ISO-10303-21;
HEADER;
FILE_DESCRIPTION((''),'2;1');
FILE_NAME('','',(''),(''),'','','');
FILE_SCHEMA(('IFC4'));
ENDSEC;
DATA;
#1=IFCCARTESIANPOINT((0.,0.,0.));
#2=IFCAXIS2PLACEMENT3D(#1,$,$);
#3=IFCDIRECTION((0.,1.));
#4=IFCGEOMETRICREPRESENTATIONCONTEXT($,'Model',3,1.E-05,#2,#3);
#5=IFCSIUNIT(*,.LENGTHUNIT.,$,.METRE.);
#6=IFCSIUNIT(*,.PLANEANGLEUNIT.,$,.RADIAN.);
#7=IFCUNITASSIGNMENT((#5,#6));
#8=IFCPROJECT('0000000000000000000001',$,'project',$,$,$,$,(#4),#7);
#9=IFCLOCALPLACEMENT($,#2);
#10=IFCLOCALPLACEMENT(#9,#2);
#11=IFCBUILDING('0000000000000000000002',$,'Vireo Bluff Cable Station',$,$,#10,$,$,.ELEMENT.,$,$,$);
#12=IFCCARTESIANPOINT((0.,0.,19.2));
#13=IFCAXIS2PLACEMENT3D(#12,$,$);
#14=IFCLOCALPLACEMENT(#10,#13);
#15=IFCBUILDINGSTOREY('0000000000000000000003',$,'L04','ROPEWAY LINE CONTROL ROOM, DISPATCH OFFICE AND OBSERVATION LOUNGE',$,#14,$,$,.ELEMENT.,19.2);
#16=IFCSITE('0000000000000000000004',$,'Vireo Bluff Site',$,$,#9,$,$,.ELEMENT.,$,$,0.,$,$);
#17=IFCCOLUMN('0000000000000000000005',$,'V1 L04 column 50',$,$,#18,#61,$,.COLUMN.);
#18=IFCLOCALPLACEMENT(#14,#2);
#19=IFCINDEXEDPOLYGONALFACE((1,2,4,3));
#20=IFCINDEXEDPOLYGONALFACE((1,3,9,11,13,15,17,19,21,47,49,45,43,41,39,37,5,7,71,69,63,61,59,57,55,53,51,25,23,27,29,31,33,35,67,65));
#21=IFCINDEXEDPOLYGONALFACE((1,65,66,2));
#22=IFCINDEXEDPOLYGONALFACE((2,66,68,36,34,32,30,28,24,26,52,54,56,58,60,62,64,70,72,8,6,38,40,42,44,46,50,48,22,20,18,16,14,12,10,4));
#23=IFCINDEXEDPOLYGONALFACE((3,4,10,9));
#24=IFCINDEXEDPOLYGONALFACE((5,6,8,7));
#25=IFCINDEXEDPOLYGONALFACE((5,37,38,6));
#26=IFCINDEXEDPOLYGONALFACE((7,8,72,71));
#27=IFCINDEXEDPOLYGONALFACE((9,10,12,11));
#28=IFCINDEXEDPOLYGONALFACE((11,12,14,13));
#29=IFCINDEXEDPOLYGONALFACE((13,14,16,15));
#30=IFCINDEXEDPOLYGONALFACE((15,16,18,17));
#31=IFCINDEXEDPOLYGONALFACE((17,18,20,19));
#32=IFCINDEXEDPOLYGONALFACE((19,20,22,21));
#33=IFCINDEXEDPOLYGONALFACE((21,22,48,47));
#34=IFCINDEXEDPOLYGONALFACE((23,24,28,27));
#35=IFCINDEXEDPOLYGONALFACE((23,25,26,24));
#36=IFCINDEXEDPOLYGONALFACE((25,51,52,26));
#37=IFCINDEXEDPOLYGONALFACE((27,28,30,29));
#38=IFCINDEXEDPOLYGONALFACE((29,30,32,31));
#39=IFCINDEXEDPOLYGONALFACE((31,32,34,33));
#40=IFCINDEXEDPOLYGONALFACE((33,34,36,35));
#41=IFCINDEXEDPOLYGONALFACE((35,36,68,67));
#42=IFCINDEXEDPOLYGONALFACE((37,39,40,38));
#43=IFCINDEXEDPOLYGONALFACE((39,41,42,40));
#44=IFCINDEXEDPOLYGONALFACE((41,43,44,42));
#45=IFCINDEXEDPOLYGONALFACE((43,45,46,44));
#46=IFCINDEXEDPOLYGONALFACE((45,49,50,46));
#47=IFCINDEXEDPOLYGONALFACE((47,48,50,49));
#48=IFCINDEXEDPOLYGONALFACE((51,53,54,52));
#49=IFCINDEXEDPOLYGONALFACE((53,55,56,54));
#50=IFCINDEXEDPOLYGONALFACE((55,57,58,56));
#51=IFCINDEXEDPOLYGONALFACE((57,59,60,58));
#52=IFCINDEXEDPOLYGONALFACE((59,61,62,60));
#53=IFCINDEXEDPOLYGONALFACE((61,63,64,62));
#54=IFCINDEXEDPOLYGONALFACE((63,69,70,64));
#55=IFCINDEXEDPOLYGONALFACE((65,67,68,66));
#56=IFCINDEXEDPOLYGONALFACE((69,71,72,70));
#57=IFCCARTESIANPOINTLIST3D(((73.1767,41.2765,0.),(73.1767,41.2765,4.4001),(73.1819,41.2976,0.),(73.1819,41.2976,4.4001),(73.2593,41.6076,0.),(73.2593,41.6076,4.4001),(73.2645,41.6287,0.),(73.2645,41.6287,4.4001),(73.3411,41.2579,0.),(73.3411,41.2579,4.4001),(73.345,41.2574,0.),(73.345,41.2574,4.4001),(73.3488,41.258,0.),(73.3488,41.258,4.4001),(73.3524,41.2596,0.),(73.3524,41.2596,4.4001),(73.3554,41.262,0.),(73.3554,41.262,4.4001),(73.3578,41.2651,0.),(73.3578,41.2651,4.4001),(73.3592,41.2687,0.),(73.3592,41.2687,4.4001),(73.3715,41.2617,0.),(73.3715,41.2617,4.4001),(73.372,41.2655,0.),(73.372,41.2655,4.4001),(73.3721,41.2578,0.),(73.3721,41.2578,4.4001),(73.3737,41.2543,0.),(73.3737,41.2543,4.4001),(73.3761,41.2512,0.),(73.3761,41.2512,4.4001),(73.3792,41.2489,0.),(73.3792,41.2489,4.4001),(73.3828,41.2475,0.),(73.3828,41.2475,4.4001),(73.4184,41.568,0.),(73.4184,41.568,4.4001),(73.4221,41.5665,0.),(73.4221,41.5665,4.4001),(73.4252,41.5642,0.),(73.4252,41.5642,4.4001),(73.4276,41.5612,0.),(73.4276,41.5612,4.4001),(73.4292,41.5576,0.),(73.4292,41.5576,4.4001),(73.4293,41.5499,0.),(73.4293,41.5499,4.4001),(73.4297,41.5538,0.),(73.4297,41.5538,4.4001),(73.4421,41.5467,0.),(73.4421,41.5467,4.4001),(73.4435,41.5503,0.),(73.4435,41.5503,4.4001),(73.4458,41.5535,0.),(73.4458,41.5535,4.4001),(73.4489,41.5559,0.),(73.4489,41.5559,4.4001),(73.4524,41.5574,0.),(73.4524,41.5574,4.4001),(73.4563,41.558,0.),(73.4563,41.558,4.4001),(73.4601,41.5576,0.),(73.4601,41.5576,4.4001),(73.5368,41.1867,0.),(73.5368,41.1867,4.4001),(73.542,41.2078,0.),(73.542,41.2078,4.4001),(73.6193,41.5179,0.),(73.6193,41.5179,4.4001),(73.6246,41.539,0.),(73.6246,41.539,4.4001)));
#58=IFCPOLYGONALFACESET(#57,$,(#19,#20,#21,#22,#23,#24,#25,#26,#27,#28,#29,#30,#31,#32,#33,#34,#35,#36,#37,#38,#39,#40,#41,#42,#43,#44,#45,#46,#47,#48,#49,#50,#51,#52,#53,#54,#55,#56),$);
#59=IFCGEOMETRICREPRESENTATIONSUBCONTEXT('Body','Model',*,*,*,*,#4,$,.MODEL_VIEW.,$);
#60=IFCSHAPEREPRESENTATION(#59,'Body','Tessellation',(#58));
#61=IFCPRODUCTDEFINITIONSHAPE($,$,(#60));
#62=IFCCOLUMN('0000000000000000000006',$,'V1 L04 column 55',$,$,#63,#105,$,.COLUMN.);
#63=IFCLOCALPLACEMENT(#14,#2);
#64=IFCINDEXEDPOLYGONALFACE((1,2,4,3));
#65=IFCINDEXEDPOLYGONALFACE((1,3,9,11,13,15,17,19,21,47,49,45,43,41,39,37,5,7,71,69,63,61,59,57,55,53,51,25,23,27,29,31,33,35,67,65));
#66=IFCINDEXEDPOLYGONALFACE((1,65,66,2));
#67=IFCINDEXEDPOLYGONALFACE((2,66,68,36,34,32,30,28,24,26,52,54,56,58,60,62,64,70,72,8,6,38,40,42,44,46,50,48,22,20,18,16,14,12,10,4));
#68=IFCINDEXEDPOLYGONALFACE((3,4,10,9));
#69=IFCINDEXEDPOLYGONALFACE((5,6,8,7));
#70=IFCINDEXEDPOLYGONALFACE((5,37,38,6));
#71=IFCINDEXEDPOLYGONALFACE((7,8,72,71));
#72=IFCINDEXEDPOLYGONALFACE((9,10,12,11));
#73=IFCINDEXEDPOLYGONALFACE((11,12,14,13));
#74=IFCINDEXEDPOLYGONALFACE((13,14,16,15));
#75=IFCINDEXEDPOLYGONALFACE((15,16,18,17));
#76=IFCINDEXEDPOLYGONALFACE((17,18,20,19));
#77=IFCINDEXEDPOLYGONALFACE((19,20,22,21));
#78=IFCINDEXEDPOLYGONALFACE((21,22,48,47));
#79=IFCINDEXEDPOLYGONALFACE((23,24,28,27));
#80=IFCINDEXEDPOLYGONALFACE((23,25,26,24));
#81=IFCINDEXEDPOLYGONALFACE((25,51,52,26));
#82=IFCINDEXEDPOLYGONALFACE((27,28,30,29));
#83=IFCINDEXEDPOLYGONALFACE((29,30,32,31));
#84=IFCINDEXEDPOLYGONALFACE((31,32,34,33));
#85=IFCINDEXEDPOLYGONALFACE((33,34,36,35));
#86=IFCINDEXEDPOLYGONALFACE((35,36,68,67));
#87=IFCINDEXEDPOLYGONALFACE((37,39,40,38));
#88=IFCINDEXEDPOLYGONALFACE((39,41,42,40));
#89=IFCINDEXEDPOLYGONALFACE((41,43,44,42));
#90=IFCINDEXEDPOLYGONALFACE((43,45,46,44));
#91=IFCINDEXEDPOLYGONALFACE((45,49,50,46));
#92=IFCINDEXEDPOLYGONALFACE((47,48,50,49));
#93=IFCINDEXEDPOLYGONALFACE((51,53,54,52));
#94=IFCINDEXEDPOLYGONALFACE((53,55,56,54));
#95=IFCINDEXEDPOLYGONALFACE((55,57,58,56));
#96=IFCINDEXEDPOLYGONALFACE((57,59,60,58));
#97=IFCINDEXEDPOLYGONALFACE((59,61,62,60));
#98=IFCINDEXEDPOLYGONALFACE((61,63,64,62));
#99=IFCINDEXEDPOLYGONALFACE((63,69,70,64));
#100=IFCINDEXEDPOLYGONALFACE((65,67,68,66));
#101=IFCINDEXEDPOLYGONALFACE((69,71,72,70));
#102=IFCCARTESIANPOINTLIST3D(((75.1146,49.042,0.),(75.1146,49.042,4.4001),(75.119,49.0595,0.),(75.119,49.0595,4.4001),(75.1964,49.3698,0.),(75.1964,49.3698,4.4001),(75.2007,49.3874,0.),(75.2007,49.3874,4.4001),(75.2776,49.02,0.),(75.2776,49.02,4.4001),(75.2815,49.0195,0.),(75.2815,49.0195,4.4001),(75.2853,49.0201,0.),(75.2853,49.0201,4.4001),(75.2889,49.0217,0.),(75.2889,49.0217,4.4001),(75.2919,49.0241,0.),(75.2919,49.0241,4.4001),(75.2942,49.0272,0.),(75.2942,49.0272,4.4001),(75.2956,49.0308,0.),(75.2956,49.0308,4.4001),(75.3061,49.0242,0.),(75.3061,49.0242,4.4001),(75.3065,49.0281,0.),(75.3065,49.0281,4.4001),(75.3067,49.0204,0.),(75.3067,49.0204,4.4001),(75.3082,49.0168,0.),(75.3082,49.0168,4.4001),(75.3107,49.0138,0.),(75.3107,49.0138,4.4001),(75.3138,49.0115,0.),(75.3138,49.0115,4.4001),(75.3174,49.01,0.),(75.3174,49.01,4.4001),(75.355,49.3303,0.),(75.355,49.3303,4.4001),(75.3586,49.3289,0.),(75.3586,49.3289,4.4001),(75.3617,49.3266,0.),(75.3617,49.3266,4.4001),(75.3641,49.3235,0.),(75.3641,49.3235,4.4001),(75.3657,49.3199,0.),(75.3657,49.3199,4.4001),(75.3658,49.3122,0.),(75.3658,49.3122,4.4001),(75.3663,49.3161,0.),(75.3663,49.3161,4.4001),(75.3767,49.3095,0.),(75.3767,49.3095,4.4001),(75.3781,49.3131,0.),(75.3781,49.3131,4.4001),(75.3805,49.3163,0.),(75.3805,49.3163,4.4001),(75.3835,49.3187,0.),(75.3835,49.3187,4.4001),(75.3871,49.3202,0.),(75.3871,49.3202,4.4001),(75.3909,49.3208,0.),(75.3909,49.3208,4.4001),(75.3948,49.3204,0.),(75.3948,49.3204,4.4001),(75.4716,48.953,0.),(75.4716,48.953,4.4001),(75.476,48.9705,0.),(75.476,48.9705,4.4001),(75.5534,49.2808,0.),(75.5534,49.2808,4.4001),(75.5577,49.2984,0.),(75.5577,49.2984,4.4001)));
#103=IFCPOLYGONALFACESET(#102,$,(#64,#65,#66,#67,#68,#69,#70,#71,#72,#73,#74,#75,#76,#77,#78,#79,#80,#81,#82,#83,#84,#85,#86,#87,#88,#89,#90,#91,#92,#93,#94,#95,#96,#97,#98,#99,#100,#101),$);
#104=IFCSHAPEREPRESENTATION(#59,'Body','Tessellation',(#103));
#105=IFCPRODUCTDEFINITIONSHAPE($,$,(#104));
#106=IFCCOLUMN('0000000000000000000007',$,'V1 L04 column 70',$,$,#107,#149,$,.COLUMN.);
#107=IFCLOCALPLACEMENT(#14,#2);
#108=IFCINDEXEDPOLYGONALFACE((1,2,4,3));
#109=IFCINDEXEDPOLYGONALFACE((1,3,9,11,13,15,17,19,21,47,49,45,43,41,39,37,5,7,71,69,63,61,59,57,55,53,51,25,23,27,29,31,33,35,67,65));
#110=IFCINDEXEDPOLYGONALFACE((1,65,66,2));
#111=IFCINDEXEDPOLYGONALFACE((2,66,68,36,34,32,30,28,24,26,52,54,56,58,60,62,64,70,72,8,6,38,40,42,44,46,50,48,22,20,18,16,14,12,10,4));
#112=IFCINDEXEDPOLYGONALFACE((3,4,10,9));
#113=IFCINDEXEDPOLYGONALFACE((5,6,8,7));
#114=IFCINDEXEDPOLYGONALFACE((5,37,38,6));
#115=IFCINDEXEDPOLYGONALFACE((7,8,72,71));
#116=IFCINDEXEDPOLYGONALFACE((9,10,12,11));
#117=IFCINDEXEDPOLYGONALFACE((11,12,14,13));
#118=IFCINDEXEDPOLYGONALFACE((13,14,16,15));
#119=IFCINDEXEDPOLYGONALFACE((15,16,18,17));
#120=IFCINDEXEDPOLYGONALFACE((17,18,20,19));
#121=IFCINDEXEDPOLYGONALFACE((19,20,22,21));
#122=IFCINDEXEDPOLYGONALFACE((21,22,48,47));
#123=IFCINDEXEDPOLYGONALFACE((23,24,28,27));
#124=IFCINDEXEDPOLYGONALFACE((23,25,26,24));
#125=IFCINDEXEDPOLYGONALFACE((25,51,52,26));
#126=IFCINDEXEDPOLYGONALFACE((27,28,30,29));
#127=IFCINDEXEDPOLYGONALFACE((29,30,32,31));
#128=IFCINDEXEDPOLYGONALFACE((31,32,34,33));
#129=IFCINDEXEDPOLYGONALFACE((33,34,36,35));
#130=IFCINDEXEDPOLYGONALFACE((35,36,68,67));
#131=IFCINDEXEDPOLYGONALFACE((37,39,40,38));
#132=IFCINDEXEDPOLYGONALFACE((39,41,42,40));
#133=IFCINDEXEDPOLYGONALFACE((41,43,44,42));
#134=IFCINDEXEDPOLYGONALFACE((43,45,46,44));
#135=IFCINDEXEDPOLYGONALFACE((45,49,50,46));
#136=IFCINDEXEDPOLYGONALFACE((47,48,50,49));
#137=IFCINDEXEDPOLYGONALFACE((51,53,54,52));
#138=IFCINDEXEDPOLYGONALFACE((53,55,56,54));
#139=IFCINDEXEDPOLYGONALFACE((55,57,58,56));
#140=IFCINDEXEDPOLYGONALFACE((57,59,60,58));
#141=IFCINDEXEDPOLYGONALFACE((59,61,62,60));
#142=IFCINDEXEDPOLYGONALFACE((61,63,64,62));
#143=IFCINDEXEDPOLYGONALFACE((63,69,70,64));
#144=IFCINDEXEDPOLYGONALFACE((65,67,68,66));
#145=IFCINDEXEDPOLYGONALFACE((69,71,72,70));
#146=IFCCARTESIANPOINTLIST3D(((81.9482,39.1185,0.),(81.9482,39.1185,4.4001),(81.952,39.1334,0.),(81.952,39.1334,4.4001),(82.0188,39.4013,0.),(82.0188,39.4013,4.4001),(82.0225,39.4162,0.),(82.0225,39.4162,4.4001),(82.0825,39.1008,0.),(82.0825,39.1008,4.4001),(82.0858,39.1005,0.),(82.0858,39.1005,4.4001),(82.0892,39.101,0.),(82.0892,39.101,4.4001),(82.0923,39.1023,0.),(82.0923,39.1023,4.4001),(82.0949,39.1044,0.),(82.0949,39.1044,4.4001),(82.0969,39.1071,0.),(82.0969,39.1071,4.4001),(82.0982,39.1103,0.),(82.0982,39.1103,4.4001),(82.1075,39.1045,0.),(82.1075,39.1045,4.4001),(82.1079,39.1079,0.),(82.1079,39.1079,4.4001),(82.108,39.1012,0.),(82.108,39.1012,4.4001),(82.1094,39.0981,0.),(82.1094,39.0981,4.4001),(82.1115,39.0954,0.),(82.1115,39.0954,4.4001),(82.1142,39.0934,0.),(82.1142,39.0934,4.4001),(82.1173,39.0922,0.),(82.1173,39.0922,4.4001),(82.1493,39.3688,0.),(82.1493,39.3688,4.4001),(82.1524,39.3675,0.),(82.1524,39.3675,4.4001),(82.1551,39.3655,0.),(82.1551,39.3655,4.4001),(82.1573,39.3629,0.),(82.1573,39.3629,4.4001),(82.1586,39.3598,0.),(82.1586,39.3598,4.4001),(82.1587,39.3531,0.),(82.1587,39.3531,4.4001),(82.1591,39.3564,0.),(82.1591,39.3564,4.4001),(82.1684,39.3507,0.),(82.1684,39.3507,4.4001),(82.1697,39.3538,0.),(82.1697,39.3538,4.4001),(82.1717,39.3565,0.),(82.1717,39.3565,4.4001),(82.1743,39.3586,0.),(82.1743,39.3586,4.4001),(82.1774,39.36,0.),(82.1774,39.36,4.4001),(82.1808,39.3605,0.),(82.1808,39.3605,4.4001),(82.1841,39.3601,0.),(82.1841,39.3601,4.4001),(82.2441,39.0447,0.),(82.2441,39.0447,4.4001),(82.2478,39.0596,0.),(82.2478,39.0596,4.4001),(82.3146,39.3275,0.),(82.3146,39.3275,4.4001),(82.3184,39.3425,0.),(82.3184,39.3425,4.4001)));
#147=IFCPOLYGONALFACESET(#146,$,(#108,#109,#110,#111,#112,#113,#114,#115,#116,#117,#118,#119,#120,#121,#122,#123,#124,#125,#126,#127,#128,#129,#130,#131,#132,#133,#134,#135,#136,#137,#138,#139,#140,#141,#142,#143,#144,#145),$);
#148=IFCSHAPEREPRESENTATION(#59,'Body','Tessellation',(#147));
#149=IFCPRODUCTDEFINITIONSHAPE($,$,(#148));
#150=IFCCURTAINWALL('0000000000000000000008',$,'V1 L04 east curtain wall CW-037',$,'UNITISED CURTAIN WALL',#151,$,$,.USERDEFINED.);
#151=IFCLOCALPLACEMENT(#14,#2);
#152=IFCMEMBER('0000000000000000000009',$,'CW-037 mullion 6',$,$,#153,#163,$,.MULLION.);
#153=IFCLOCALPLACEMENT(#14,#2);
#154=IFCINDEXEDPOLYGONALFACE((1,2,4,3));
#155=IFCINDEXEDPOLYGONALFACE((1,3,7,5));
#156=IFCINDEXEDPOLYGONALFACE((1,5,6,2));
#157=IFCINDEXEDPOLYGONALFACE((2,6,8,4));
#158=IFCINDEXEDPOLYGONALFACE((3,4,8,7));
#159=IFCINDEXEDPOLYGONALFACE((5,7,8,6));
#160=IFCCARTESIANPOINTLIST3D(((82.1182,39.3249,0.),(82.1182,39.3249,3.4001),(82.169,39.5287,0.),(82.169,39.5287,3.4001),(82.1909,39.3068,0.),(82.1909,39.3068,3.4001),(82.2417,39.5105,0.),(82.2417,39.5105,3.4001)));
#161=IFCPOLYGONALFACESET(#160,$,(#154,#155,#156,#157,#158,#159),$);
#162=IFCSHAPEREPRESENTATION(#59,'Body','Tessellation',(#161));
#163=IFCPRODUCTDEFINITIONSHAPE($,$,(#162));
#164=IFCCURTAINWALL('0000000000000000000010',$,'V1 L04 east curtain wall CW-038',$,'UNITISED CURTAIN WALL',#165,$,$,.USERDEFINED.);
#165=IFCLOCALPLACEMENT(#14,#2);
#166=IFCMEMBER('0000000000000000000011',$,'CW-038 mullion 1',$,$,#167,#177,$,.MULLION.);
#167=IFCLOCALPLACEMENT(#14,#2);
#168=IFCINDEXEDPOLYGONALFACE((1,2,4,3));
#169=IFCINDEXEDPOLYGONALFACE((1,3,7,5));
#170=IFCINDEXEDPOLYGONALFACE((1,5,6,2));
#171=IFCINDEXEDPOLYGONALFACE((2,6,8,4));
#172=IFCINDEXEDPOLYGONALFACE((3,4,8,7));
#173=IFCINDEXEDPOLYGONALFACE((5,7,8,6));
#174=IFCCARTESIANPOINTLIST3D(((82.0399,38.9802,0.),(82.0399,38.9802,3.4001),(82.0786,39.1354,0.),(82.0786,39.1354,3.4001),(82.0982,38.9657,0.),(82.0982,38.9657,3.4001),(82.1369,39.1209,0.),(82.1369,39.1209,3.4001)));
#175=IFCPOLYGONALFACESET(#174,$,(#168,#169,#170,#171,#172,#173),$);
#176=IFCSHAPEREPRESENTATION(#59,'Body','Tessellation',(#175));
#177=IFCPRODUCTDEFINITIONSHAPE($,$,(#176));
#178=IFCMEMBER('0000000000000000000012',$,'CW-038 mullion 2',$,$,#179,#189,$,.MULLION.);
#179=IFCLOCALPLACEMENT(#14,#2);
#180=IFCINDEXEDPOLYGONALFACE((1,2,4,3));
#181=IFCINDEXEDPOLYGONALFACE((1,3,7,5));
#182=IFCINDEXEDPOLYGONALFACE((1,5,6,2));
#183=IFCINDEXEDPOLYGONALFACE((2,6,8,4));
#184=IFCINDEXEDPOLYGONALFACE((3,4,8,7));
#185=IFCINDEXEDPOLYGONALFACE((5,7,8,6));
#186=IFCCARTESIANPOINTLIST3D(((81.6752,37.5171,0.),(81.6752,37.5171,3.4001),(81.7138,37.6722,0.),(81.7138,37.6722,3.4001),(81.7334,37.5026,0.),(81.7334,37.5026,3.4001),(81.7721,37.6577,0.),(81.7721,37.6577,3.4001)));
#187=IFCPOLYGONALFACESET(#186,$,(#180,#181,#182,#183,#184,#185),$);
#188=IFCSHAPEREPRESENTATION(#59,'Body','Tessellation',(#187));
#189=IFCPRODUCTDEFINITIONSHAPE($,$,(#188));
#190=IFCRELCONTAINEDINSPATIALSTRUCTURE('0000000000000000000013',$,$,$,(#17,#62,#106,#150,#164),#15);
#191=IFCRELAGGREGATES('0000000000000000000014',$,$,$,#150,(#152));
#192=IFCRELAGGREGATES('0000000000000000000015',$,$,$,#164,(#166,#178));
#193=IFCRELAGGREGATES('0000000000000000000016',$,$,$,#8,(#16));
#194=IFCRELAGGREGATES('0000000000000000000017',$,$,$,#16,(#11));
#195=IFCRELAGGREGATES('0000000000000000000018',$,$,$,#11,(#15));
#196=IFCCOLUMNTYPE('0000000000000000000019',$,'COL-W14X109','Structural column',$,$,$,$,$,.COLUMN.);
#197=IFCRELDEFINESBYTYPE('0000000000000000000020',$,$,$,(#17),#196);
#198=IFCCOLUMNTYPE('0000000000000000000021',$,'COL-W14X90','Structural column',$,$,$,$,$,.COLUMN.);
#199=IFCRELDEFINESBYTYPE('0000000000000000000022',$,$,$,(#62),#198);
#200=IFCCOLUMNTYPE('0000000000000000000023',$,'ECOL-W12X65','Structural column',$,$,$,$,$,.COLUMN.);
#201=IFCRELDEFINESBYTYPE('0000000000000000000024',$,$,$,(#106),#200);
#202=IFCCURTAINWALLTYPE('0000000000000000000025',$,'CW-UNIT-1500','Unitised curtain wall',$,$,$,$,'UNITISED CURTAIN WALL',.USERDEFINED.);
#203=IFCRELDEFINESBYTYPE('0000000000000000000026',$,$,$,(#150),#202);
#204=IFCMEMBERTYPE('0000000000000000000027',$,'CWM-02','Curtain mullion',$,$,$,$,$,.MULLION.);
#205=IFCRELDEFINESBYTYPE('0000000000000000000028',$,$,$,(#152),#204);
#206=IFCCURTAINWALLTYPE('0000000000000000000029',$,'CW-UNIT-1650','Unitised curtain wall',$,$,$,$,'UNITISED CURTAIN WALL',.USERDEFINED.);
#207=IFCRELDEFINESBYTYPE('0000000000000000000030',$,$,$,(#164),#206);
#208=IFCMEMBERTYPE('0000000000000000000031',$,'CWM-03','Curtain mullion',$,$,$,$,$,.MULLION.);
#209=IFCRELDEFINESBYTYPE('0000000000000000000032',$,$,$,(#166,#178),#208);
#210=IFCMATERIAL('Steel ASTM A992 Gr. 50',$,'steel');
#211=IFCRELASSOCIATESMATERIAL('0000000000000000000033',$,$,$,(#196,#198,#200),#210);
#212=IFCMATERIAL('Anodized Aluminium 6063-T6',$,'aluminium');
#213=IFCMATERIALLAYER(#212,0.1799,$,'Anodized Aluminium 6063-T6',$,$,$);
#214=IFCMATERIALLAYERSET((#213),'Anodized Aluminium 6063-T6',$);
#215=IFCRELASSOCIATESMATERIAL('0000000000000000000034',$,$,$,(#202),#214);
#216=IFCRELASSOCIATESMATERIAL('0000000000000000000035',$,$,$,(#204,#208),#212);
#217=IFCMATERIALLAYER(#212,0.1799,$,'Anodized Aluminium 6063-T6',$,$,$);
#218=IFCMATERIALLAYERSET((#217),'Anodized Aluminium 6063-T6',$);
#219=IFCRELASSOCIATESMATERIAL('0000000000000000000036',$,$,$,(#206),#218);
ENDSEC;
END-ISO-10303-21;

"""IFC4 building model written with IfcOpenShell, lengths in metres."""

from ifc_helpers import new_model, si_unit, direction, frame, origin, origin_2d, place, context, subcontext, project, spatial, rectangle, i_section, extrude, material, layer, layer_set, material_profile, profile_set, type_object, element, aggregate, save


model = new_model("IFC4")

# Units and contexts
model_context = context("Model", 3, precision=1e-05, world=origin(), true_north=direction((0.0, 1.0)))
body_context = subcontext(model_context, "Body", "Model", "MODEL_VIEW")
ifc_project = project(units=[si_unit("LENGTHUNIT", "METRE"), si_unit("PLANEANGLEUNIT", "RADIAN")], contexts=[model_context])

# Site, building, storey
site_placement = place(None, origin())
site = spatial("IfcSite", under=ifc_project, at=site_placement, Name="Vireo Bluff Site", CompositionType="ELEMENT", RefElevation=0.0)
building_placement = place(site_placement, origin())
building = spatial("IfcBuilding", under=site, at=building_placement, Name="Vireo Bluff Cable Station", CompositionType="ELEMENT")
storey_placement = place(building_placement, frame((0.0, 0.0, 19.2)))
storey = spatial("IfcBuildingStorey", under=building, at=storey_placement, Name="L04", Description="ROPEWAY LINE CONTROL ROOM, DISPATCH OFFICE AND OBSERVATION LOUNGE", CompositionType="ELEMENT", Elevation=19.2)

# Columns
ifc_material_1 = material(Name="Steel ASTM A992 Gr. 50", Category="steel")
ifc_material_profile_1 = material_profile(ifc_material_1, i_section(OverallWidth=0.3711, OverallDepth=0.363, WebThickness=0.0132, FlangeThickness=0.0217, FilletRadius=0.0149, at=origin_2d()), Name="W14X109")
ifc_profile_set_1 = profile_set([ifc_material_profile_1], Name="Steel ASTM A992 Gr. 50")
column_type_1 = type_object("IfcColumnType", Name="COL-W14X109", Description="Structural column", PredefinedType="COLUMN", material=ifc_profile_set_1)
column_1_placement = place(storey_placement, frame((73.4006, 41.4077, 0.0), z_axis=(0.0, 0.0, 1.0), x_axis=(0.970296, -0.241922, 0.0)))
element("IfcColumn", 1, at=column_1_placement, inside=storey, type_object=column_type_1, Name="V1 L04 column 50", PredefinedType="COLUMN", context=body_context, shape_type="SweptSolid", body=[
    extrude(i_section(OverallWidth=0.3711, OverallDepth=0.363, WebThickness=0.0132, FlangeThickness=0.0217, FilletRadius=0.0149, at=origin_2d()), origin(), (0.0, 0.0, 1.0), 4.4001),
])
ifc_material_profile_2 = material_profile(ifc_material_1, i_section(OverallWidth=0.3679, OverallDepth=0.356, WebThickness=0.0112, FlangeThickness=0.0181, FilletRadius=0.0149, at=origin_2d()), Name="W14X90")
ifc_profile_set_2 = profile_set([ifc_material_profile_2], Name="Steel ASTM A992 Gr. 50")
column_type_2 = type_object("IfcColumnType", Name="COL-W14X90", Description="Structural column", PredefinedType="COLUMN", material=ifc_profile_set_2)
column_2_placement = place(storey_placement, frame((75.3362, 49.1702, 0.0), z_axis=(0.0, 0.0, 1.0), x_axis=(0.970296, -0.241922, 0.0)))
element("IfcColumn", 2, at=column_2_placement, inside=storey, type_object=column_type_2, Name="V1 L04 column 55", PredefinedType="COLUMN", context=body_context, shape_type="SweptSolid", body=[
    extrude(i_section(OverallWidth=0.3679, OverallDepth=0.356, WebThickness=0.0112, FlangeThickness=0.0181, FilletRadius=0.0149, at=origin_2d()), origin(), (0.0, 0.0, 1.0), 4.4001),
])
ifc_material_profile_3 = material_profile(ifc_material_1, i_section(OverallWidth=0.3049, OverallDepth=0.3069, WebThickness=0.01, FlangeThickness=0.0154, FilletRadius=0.0129, at=origin_2d()), Name="W12X65")
ifc_profile_set_3 = profile_set([ifc_material_profile_3], Name="Steel ASTM A992 Gr. 50")
column_type_3 = type_object("IfcColumnType", Name="ECOL-W12X65", Description="Structural column", PredefinedType="COLUMN", material=ifc_profile_set_3)
column_3_placement = place(storey_placement, frame((82.1333, 39.2305, 0.0), z_axis=(0.0, 0.0, 1.0), x_axis=(0.970296, -0.241922, 0.0)))
element("IfcColumn", 3, at=column_3_placement, inside=storey, type_object=column_type_3, Name="V1 L04 column 70", PredefinedType="COLUMN", context=body_context, shape_type="SweptSolid", body=[
    extrude(i_section(OverallWidth=0.3049, OverallDepth=0.3069, WebThickness=0.01, FlangeThickness=0.0154, FilletRadius=0.0129, at=origin_2d()), origin(), (0.0, 0.0, 1.0), 4.4001),
])

# Curtain wall, member
ifc_material_2 = material(Name="Anodized Aluminium 6063-T6", Category="aluminium")
ifc_layer_1 = layer(ifc_material_2, 0.1799, Name="Anodized Aluminium 6063-T6")
ifc_layer_set_1 = layer_set([ifc_layer_1], Name="Anodized Aluminium 6063-T6")
curtain_wall_type_1 = type_object("IfcCurtainWallType", Name="CW-UNIT-1500", Description="Unitised curtain wall", ElementType="UNITISED CURTAIN WALL", PredefinedType="USERDEFINED", material=ifc_layer_set_1)
curtain_wall_1_placement = place(storey_placement, origin())
curtain_wall_1 = element("IfcCurtainWall", 4, at=curtain_wall_1_placement, inside=storey, type_object=curtain_wall_type_1, Name="V1 L04 east curtain wall CW-037", ObjectType="UNITISED CURTAIN WALL", PredefinedType="USERDEFINED")
ifc_material_profile_4 = material_profile(ifc_material_2, rectangle(XDim=0.075, YDim=0.21, at=origin_2d()), Name="ALU-M-75X210")
ifc_profile_set_4 = profile_set([ifc_material_profile_4], Name="Anodized Aluminium 6063-T6")
member_type_1 = type_object("IfcMemberType", Name="CWM-02", Description="Curtain mullion", PredefinedType="MULLION", material=ifc_profile_set_4)
member_1_placement = place(storey_placement, frame((82.1799, 39.4177, 0.0), z_axis=(0.0, 0.0, 1.0), x_axis=(0.970296, -0.241922, 0.0)))
member_1 = element("IfcMember", 5, at=member_1_placement, type_object=member_type_1, Name="CW-037 mullion 6", PredefinedType="MULLION", context=body_context, shape_type="SweptSolid", body=[
    extrude(rectangle(XDim=0.075, YDim=0.21, at=origin_2d()), origin(), (0.0, 0.0, 1.0), 3.4001),
])

# Curtain wall, members
ifc_layer_2 = layer(ifc_material_2, 0.1799, Name="Anodized Aluminium 6063-T6")
ifc_layer_set_2 = layer_set([ifc_layer_2], Name="Anodized Aluminium 6063-T6")
curtain_wall_type_2 = type_object("IfcCurtainWallType", Name="CW-UNIT-1650", Description="Unitised curtain wall", ElementType="UNITISED CURTAIN WALL", PredefinedType="USERDEFINED", material=ifc_layer_set_2)
curtain_wall_2_placement = place(storey_placement, origin())
curtain_wall_2 = element("IfcCurtainWall", 6, at=curtain_wall_2_placement, inside=storey, type_object=curtain_wall_type_2, Name="V1 L04 east curtain wall CW-038", ObjectType="UNITISED CURTAIN WALL", PredefinedType="USERDEFINED")
ifc_material_profile_5 = material_profile(ifc_material_2, rectangle(XDim=0.0601, YDim=0.1599, at=origin_2d()), Name="ALU-M-60X160")
ifc_profile_set_5 = profile_set([ifc_material_profile_5], Name="Anodized Aluminium 6063-T6")
member_type_2 = type_object("IfcMemberType", Name="CWM-03", Description="Curtain mullion", PredefinedType="MULLION", material=ifc_profile_set_5)
member_2_placement = place(storey_placement, frame((82.0884, 39.0505, 0.0), z_axis=(0.0, 0.0, 1.0), x_axis=(0.970296, -0.241922, 0.0)))
member_2 = element("IfcMember", 7, at=member_2_placement, type_object=member_type_2, Name="CW-038 mullion 1", PredefinedType="MULLION", context=body_context, shape_type="SweptSolid", body=[
    extrude(rectangle(XDim=0.0601, YDim=0.1599, at=origin_2d()), origin(), (0.0, 0.0, 1.0), 3.4001),
])
member_3_placement = place(storey_placement, frame((81.7236, 37.5874, 0.0), z_axis=(0.0, 0.0, 1.0), x_axis=(0.970296, -0.241922, 0.0)))
member_3 = element("IfcMember", 8, at=member_3_placement, type_object=member_type_2, Name="CW-038 mullion 2", PredefinedType="MULLION", context=body_context, shape_type="SweptSolid", body=[
    extrude(rectangle(XDim=0.0601, YDim=0.1599, at=origin_2d()), origin(), (0.0, 0.0, 1.0), 3.4001),
])

aggregate(curtain_wall_1, [member_1])
aggregate(curtain_wall_2, [member_2, member_3])

save(model, "model.ifc")
